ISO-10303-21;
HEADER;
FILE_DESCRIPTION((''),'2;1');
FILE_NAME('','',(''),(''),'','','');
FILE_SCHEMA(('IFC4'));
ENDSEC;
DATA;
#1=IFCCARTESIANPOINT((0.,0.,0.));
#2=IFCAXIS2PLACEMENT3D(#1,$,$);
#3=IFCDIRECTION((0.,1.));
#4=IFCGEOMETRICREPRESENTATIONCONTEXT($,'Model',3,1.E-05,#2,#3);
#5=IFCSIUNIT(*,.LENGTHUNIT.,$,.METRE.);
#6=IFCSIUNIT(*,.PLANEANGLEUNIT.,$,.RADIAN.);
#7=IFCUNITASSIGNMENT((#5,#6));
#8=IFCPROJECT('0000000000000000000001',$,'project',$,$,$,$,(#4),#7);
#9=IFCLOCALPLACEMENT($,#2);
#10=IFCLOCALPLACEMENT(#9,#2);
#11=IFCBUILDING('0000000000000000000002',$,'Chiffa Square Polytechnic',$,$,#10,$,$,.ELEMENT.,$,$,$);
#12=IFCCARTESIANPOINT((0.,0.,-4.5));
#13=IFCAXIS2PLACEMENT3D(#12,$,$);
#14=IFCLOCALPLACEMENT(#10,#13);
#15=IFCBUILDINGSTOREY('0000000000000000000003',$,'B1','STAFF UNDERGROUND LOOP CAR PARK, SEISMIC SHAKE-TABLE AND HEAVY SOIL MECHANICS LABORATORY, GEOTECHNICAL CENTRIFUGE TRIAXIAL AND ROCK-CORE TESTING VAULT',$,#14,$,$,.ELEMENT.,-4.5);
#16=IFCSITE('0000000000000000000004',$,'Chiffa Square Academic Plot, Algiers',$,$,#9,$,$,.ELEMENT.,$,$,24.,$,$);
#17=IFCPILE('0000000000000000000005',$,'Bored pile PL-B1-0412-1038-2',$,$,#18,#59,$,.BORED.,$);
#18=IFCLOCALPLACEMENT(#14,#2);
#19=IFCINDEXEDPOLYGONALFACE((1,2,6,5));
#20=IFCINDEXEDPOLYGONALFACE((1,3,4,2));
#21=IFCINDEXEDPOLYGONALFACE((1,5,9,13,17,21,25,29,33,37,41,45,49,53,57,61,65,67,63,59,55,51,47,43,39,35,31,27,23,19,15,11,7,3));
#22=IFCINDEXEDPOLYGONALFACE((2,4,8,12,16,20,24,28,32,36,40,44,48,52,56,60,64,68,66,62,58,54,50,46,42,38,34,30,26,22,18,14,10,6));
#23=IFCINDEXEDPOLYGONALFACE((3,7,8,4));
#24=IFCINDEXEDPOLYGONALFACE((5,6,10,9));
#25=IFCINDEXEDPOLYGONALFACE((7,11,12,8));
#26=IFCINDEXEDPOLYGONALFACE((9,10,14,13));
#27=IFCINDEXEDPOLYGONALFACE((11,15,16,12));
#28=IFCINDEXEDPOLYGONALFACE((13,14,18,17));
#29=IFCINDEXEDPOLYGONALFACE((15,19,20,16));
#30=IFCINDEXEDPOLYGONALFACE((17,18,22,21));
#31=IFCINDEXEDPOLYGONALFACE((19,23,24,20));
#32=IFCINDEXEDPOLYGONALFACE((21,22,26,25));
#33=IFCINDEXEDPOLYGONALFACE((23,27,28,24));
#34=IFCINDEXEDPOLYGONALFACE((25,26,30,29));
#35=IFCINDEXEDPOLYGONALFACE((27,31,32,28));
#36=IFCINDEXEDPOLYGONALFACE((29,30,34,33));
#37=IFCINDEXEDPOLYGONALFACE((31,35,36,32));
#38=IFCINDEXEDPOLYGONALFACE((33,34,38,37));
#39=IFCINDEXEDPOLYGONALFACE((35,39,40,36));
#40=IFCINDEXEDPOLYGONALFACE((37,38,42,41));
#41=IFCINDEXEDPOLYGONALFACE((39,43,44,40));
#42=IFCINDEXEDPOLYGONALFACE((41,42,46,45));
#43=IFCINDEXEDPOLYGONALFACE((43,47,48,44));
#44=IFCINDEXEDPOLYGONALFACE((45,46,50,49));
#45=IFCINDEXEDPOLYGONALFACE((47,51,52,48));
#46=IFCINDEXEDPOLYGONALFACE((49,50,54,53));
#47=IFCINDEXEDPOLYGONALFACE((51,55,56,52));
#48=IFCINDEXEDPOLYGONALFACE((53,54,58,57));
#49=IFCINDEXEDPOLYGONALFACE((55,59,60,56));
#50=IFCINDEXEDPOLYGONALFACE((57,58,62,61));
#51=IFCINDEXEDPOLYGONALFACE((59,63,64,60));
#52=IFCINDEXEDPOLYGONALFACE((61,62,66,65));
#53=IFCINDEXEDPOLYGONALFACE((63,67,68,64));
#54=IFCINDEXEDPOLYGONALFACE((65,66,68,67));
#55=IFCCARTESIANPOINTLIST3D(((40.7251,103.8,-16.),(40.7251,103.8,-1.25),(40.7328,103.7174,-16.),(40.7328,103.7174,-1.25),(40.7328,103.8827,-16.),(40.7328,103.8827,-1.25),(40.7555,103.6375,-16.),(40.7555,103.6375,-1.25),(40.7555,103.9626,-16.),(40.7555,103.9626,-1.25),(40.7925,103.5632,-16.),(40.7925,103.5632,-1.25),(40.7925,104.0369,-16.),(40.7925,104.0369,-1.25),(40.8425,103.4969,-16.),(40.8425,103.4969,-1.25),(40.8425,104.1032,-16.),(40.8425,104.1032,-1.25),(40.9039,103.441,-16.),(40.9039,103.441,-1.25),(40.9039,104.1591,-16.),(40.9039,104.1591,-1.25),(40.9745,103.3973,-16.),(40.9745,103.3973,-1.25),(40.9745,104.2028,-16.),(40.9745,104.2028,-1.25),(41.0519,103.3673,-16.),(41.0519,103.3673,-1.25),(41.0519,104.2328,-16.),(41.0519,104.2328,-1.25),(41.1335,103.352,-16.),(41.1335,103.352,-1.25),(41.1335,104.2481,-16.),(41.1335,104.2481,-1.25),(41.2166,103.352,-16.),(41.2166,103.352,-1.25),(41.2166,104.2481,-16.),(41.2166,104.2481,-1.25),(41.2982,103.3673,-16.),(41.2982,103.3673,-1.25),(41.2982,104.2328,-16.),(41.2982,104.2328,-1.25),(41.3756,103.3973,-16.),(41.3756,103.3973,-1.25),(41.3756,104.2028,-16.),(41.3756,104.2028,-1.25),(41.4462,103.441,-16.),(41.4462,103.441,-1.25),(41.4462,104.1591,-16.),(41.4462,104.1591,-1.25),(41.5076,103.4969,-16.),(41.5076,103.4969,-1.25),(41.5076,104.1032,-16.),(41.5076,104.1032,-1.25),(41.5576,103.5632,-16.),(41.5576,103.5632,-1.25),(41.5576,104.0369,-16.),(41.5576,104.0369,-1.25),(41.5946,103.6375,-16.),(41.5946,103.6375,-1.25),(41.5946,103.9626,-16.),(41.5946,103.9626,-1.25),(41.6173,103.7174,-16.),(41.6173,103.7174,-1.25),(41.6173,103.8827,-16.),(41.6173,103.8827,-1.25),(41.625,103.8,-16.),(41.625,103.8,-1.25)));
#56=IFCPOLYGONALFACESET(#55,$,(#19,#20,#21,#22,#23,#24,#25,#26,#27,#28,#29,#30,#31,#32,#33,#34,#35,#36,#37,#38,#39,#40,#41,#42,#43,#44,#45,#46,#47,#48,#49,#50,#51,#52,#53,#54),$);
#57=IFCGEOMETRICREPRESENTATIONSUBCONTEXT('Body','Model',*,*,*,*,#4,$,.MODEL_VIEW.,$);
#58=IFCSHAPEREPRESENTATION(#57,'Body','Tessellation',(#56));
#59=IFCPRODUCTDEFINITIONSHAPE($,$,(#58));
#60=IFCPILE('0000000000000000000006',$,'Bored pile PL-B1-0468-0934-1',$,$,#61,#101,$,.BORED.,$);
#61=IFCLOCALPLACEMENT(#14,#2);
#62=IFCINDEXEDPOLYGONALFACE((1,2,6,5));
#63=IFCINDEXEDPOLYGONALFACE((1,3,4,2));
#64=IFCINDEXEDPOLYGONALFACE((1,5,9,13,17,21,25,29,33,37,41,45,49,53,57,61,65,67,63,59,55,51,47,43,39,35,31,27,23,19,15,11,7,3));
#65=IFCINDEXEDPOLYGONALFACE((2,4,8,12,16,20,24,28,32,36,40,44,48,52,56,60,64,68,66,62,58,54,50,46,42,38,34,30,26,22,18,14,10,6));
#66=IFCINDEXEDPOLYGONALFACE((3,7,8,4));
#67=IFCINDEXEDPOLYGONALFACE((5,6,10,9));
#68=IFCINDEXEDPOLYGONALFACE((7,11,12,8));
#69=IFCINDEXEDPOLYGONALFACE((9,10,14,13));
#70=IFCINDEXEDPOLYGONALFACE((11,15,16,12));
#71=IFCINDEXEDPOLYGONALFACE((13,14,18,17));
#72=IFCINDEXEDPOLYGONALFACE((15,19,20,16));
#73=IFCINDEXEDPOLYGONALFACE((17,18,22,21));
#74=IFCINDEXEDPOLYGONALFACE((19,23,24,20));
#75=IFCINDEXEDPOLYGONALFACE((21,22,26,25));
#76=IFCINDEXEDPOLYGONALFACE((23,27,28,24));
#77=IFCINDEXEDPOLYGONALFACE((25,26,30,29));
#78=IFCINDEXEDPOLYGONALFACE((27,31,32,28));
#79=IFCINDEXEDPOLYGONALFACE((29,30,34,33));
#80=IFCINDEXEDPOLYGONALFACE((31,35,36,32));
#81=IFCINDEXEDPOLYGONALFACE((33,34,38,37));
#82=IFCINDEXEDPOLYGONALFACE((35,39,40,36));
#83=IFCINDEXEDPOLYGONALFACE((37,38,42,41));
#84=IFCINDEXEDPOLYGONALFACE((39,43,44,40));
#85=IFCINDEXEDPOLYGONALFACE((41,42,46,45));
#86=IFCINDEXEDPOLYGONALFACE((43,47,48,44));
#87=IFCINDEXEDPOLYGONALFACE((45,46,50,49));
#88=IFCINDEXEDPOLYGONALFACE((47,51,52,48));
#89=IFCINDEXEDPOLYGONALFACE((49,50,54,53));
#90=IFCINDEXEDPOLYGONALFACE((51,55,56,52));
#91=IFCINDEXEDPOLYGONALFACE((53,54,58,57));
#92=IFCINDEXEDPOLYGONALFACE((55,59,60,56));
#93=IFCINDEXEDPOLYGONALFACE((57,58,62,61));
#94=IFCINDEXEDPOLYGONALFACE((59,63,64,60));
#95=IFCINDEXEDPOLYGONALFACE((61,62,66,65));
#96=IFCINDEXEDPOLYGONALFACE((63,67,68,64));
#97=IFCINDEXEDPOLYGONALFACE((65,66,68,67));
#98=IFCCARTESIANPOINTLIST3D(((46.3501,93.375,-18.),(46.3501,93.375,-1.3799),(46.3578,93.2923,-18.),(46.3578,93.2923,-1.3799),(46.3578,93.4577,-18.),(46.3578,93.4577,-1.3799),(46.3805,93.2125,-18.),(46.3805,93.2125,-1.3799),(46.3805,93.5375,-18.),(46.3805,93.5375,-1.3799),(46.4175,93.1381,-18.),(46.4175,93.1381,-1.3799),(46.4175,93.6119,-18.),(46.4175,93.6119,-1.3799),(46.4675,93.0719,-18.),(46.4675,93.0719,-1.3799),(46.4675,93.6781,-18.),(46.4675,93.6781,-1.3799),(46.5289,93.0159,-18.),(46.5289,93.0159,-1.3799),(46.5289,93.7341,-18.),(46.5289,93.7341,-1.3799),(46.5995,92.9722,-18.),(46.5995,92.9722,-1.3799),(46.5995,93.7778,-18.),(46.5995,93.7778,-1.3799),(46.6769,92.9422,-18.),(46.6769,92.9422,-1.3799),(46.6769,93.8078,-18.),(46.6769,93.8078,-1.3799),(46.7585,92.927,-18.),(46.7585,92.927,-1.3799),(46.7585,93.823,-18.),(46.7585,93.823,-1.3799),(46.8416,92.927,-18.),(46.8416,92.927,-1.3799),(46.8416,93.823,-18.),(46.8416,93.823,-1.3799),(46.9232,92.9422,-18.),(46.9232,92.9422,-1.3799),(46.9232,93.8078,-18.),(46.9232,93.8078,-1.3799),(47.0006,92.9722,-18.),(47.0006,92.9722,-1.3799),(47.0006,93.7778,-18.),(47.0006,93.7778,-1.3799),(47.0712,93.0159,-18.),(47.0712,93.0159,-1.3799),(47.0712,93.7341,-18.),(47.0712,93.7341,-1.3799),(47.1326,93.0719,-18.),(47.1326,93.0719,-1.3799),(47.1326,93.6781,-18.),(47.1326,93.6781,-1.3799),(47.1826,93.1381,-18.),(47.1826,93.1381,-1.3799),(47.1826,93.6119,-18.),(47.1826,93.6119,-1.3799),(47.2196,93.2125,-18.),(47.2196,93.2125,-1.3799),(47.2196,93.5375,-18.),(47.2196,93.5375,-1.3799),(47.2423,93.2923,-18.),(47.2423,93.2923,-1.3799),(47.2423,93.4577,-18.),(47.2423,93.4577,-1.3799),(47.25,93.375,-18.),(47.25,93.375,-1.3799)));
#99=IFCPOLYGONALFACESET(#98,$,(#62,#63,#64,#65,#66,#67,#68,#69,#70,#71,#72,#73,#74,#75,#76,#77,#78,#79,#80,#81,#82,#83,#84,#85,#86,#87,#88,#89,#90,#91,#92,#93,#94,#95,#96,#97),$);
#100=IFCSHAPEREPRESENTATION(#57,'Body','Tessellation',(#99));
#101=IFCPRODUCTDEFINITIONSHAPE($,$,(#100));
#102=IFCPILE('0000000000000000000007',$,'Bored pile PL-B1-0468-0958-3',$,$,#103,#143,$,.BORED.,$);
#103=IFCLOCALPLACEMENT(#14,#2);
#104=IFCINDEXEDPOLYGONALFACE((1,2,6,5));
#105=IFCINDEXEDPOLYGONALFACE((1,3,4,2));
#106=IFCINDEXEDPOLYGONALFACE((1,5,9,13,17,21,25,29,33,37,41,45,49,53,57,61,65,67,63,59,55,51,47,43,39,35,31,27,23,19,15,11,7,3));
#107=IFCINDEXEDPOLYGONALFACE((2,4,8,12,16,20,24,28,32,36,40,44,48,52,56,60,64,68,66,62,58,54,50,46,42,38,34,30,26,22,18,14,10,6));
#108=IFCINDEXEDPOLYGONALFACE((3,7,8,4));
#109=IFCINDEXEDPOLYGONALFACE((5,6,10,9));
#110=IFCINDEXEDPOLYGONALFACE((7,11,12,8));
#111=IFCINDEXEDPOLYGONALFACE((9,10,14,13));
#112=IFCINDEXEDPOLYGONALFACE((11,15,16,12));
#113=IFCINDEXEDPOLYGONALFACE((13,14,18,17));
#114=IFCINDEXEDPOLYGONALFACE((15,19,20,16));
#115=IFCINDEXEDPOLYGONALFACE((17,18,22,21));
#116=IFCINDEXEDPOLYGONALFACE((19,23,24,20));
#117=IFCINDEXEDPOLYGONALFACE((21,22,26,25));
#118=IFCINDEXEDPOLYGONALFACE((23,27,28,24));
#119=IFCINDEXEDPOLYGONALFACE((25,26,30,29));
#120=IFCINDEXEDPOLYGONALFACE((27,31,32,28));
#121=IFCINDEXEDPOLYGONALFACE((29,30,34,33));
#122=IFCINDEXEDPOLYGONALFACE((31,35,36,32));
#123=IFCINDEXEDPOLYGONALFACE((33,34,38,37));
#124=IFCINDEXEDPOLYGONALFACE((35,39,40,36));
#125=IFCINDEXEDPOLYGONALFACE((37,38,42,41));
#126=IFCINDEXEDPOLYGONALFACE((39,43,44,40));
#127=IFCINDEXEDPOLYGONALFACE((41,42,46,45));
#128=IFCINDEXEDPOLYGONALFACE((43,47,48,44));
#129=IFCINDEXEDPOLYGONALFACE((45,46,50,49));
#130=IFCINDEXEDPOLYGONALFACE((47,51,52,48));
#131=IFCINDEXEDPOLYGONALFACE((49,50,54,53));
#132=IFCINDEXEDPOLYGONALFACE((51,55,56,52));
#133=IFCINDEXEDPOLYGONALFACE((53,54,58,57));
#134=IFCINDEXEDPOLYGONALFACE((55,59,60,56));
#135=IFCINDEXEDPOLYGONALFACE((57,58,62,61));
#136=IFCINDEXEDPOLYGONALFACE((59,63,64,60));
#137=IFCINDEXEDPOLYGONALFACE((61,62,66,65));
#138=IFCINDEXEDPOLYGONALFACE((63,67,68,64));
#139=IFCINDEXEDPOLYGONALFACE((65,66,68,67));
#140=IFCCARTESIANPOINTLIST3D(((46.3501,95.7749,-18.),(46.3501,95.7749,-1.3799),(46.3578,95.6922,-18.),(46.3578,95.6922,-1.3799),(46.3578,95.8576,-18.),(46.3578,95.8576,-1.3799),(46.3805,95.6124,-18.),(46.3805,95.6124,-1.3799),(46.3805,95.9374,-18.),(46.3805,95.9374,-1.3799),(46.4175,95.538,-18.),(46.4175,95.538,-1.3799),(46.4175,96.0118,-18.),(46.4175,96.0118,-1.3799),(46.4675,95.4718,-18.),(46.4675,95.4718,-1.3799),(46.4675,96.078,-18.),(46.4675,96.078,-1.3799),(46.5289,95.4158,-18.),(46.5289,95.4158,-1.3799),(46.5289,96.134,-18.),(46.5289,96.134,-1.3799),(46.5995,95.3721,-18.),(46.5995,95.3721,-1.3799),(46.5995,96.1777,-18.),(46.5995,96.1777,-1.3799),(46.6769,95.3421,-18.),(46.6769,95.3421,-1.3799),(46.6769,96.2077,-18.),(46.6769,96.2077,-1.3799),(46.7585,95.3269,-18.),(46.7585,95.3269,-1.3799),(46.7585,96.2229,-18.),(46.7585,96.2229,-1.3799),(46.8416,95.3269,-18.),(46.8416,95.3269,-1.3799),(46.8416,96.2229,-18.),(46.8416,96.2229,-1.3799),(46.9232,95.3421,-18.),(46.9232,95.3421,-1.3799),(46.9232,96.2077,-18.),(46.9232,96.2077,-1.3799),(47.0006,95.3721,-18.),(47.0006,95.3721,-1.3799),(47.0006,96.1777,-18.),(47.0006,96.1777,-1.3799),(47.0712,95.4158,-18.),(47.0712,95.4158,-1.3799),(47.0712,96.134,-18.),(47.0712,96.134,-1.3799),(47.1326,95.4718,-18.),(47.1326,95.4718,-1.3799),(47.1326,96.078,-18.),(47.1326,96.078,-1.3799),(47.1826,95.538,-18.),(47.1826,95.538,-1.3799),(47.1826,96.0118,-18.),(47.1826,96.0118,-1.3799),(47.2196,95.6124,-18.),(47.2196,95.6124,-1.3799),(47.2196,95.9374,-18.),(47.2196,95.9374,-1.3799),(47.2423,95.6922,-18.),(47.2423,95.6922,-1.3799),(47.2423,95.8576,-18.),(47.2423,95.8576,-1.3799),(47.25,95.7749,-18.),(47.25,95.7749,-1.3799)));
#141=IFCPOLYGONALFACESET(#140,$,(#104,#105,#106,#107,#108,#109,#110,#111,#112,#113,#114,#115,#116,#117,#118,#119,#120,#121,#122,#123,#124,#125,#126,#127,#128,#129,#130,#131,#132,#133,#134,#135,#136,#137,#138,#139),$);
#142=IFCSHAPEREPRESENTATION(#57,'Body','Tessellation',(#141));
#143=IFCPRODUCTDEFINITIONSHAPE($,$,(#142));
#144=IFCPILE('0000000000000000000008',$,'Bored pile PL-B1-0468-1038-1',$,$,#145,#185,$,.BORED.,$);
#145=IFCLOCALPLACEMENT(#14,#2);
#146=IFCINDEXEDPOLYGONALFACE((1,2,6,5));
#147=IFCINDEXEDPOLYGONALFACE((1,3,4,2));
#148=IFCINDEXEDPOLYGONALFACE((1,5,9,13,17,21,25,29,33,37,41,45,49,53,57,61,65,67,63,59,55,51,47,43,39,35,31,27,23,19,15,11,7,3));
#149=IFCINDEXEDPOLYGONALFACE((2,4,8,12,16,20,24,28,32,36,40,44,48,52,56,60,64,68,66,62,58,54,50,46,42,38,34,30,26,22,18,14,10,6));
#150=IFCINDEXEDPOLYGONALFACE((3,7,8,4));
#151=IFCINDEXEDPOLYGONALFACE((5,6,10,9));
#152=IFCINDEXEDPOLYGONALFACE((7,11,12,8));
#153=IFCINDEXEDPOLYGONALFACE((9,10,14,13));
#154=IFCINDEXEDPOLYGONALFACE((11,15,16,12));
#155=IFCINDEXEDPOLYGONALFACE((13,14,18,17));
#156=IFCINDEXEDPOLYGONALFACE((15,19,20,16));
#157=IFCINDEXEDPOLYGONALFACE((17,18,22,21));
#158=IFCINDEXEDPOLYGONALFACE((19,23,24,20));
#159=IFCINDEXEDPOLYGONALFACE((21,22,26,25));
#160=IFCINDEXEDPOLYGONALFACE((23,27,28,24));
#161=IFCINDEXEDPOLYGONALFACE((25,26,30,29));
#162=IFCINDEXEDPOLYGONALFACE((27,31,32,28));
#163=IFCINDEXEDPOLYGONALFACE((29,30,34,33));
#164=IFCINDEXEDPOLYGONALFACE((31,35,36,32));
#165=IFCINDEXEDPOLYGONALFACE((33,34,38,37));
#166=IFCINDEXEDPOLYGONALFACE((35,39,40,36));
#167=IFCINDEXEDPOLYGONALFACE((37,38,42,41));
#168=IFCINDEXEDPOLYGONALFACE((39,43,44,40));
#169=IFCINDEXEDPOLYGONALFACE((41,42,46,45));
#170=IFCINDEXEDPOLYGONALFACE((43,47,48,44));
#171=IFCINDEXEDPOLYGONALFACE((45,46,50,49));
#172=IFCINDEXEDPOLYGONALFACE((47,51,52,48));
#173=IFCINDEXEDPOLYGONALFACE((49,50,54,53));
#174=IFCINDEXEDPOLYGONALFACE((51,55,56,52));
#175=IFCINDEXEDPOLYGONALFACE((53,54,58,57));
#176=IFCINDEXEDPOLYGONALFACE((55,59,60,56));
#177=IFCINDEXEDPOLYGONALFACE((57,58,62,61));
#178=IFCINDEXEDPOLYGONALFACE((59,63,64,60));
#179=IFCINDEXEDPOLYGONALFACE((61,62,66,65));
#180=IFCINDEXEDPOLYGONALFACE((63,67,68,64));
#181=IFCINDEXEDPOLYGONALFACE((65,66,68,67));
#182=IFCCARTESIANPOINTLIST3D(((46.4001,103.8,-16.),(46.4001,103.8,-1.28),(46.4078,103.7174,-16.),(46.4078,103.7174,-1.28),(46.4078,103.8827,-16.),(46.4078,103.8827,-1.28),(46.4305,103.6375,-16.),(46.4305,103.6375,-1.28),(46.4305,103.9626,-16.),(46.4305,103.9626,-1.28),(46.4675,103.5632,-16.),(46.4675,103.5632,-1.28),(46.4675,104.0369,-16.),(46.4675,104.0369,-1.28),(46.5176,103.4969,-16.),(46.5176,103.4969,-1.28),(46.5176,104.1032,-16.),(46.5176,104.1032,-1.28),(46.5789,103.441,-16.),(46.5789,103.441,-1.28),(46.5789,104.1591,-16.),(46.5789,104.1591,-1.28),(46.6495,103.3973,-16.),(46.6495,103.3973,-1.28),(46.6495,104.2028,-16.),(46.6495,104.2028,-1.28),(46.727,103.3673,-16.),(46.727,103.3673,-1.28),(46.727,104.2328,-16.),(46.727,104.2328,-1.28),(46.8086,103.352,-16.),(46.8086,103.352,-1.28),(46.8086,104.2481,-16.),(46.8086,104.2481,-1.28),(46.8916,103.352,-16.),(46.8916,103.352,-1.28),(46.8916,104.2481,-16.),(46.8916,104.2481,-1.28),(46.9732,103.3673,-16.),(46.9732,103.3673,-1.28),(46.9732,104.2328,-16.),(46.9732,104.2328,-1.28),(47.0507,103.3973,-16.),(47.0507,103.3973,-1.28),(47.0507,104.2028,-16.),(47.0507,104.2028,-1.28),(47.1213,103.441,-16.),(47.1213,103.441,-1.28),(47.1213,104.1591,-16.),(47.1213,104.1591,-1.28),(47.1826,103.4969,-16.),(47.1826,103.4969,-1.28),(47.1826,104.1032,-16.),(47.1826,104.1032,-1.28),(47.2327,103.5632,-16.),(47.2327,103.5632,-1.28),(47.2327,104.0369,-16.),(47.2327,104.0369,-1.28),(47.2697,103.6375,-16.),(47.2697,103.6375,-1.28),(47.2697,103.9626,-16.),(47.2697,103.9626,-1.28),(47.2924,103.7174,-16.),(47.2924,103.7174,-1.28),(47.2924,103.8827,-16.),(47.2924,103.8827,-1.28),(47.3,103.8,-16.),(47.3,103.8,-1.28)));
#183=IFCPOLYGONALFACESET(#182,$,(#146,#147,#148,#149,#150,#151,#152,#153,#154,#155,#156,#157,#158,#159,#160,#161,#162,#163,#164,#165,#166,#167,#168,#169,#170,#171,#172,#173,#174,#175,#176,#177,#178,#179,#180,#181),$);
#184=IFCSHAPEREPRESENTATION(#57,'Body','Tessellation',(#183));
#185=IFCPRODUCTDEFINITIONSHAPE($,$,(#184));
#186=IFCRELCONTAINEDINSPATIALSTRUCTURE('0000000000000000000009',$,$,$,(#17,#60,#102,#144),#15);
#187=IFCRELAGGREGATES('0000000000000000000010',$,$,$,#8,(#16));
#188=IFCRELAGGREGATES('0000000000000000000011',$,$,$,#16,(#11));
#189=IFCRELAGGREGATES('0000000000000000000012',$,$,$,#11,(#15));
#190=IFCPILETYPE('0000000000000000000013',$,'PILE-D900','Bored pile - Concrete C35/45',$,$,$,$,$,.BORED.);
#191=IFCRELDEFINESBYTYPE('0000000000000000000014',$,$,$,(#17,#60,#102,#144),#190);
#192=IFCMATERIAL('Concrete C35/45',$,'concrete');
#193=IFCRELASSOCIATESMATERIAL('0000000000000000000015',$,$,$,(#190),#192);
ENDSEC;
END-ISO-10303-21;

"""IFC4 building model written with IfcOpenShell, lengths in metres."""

from ifc_helpers import new_model, si_unit, direction, frame, origin, origin_2d, place, context, subcontext, project, spatial, circle, extrude, material, material_profile, profile_set, type_object, element, save


model = new_model("IFC4")

# Units and contexts
model_context = context("Model", 3, precision=1e-05, world=origin(), true_north=direction((0.0, 1.0)))
body_context = subcontext(model_context, "Body", "Model", "MODEL_VIEW")
ifc_project = project(units=[si_unit("LENGTHUNIT", "METRE"), si_unit("PLANEANGLEUNIT", "RADIAN")], contexts=[model_context])

# Site, building, storey
site_placement = place(None, origin())
site = spatial("IfcSite", under=ifc_project, at=site_placement, Name="Chiffa Square Academic Plot, Algiers", CompositionType="ELEMENT", RefElevation=24.0)
building_placement = place(site_placement, origin())
building = spatial("IfcBuilding", under=site, at=building_placement, Name="Chiffa Square Polytechnic", CompositionType="ELEMENT")
storey_placement = place(building_placement, frame((0.0, 0.0, -4.5)))
storey = spatial("IfcBuildingStorey", under=building, at=storey_placement, Name="B1", Description="STAFF UNDERGROUND LOOP CAR PARK, SEISMIC SHAKE-TABLE AND HEAVY SOIL MECHANICS LABORATORY, GEOTECHNICAL CENTRIFUGE TRIAXIAL AND ROCK-CORE TESTING VAULT", CompositionType="ELEMENT", Elevation=-4.5)

# Shared definitions
ifc_material_1 = material(Name="Concrete C35/45", Category="concrete")

# Piles
ifc_material_profile_1 = material_profile(ifc_material_1, circle(Radius=0.45, at=origin_2d()), Name="PILE D900")
ifc_profile_set_1 = profile_set([ifc_material_profile_1], Name="Concrete C35/45")
pile_type_1 = type_object("IfcPileType", Name="PILE-D900", Description="Bored pile - Concrete C35/45", PredefinedType="BORED", material=ifc_profile_set_1)
pile_1_placement = place(storey_placement, frame((41.175, 103.8, -1.25), z_axis=(0.0, 0.0, -1.0), x_axis=(1.0, 0.0, 0.0)))
element("IfcPile", 1, at=pile_1_placement, inside=storey, type_object=pile_type_1, Name="Bored pile PL-B1-0412-1038-2", PredefinedType="BORED", context=body_context, shape_type="SweptSolid", body=[
    extrude(circle(Radius=0.45, at=origin_2d()), origin(), (0.0, 0.0, 1.0), 14.75),
])
for number, where, z_axis, x_axis, name in (
    (2, (46.8, 93.375, -1.3799), (0.0, 0.0, -1.0), (1.0, 0.0, 0.0), "Bored pile PL-B1-0468-0934-1"),
    (3, (46.8, 95.7749, -1.3799), (0.0, 0.0, -1.0), (1.0, 0.0, 0.0), "Bored pile PL-B1-0468-0958-3"),
):
    element("IfcPile", number, at=place(storey_placement, frame(where, z_axis=z_axis, x_axis=x_axis)), inside=storey, type_object=pile_type_1, Name=name, PredefinedType="BORED", context=body_context, shape_type="SweptSolid", body=[
        extrude(circle(Radius=0.45, at=origin_2d()), origin(), (0.0, 0.0, 1.0), 16.6201),
    ])
pile_2_placement = place(storey_placement, frame((46.8501, 103.8, -1.28), z_axis=(0.0, 0.0, -1.0), x_axis=(1.0, 0.0, 0.0)))
element("IfcPile", 4, at=pile_2_placement, inside=storey, type_object=pile_type_1, Name="Bored pile PL-B1-0468-1038-1", PredefinedType="BORED", context=body_context, shape_type="SweptSolid", body=[
    extrude(circle(Radius=0.45, at=origin_2d()), origin(), (0.0, 0.0, 1.0), 14.72),
])

save(model, "model.ifc")
